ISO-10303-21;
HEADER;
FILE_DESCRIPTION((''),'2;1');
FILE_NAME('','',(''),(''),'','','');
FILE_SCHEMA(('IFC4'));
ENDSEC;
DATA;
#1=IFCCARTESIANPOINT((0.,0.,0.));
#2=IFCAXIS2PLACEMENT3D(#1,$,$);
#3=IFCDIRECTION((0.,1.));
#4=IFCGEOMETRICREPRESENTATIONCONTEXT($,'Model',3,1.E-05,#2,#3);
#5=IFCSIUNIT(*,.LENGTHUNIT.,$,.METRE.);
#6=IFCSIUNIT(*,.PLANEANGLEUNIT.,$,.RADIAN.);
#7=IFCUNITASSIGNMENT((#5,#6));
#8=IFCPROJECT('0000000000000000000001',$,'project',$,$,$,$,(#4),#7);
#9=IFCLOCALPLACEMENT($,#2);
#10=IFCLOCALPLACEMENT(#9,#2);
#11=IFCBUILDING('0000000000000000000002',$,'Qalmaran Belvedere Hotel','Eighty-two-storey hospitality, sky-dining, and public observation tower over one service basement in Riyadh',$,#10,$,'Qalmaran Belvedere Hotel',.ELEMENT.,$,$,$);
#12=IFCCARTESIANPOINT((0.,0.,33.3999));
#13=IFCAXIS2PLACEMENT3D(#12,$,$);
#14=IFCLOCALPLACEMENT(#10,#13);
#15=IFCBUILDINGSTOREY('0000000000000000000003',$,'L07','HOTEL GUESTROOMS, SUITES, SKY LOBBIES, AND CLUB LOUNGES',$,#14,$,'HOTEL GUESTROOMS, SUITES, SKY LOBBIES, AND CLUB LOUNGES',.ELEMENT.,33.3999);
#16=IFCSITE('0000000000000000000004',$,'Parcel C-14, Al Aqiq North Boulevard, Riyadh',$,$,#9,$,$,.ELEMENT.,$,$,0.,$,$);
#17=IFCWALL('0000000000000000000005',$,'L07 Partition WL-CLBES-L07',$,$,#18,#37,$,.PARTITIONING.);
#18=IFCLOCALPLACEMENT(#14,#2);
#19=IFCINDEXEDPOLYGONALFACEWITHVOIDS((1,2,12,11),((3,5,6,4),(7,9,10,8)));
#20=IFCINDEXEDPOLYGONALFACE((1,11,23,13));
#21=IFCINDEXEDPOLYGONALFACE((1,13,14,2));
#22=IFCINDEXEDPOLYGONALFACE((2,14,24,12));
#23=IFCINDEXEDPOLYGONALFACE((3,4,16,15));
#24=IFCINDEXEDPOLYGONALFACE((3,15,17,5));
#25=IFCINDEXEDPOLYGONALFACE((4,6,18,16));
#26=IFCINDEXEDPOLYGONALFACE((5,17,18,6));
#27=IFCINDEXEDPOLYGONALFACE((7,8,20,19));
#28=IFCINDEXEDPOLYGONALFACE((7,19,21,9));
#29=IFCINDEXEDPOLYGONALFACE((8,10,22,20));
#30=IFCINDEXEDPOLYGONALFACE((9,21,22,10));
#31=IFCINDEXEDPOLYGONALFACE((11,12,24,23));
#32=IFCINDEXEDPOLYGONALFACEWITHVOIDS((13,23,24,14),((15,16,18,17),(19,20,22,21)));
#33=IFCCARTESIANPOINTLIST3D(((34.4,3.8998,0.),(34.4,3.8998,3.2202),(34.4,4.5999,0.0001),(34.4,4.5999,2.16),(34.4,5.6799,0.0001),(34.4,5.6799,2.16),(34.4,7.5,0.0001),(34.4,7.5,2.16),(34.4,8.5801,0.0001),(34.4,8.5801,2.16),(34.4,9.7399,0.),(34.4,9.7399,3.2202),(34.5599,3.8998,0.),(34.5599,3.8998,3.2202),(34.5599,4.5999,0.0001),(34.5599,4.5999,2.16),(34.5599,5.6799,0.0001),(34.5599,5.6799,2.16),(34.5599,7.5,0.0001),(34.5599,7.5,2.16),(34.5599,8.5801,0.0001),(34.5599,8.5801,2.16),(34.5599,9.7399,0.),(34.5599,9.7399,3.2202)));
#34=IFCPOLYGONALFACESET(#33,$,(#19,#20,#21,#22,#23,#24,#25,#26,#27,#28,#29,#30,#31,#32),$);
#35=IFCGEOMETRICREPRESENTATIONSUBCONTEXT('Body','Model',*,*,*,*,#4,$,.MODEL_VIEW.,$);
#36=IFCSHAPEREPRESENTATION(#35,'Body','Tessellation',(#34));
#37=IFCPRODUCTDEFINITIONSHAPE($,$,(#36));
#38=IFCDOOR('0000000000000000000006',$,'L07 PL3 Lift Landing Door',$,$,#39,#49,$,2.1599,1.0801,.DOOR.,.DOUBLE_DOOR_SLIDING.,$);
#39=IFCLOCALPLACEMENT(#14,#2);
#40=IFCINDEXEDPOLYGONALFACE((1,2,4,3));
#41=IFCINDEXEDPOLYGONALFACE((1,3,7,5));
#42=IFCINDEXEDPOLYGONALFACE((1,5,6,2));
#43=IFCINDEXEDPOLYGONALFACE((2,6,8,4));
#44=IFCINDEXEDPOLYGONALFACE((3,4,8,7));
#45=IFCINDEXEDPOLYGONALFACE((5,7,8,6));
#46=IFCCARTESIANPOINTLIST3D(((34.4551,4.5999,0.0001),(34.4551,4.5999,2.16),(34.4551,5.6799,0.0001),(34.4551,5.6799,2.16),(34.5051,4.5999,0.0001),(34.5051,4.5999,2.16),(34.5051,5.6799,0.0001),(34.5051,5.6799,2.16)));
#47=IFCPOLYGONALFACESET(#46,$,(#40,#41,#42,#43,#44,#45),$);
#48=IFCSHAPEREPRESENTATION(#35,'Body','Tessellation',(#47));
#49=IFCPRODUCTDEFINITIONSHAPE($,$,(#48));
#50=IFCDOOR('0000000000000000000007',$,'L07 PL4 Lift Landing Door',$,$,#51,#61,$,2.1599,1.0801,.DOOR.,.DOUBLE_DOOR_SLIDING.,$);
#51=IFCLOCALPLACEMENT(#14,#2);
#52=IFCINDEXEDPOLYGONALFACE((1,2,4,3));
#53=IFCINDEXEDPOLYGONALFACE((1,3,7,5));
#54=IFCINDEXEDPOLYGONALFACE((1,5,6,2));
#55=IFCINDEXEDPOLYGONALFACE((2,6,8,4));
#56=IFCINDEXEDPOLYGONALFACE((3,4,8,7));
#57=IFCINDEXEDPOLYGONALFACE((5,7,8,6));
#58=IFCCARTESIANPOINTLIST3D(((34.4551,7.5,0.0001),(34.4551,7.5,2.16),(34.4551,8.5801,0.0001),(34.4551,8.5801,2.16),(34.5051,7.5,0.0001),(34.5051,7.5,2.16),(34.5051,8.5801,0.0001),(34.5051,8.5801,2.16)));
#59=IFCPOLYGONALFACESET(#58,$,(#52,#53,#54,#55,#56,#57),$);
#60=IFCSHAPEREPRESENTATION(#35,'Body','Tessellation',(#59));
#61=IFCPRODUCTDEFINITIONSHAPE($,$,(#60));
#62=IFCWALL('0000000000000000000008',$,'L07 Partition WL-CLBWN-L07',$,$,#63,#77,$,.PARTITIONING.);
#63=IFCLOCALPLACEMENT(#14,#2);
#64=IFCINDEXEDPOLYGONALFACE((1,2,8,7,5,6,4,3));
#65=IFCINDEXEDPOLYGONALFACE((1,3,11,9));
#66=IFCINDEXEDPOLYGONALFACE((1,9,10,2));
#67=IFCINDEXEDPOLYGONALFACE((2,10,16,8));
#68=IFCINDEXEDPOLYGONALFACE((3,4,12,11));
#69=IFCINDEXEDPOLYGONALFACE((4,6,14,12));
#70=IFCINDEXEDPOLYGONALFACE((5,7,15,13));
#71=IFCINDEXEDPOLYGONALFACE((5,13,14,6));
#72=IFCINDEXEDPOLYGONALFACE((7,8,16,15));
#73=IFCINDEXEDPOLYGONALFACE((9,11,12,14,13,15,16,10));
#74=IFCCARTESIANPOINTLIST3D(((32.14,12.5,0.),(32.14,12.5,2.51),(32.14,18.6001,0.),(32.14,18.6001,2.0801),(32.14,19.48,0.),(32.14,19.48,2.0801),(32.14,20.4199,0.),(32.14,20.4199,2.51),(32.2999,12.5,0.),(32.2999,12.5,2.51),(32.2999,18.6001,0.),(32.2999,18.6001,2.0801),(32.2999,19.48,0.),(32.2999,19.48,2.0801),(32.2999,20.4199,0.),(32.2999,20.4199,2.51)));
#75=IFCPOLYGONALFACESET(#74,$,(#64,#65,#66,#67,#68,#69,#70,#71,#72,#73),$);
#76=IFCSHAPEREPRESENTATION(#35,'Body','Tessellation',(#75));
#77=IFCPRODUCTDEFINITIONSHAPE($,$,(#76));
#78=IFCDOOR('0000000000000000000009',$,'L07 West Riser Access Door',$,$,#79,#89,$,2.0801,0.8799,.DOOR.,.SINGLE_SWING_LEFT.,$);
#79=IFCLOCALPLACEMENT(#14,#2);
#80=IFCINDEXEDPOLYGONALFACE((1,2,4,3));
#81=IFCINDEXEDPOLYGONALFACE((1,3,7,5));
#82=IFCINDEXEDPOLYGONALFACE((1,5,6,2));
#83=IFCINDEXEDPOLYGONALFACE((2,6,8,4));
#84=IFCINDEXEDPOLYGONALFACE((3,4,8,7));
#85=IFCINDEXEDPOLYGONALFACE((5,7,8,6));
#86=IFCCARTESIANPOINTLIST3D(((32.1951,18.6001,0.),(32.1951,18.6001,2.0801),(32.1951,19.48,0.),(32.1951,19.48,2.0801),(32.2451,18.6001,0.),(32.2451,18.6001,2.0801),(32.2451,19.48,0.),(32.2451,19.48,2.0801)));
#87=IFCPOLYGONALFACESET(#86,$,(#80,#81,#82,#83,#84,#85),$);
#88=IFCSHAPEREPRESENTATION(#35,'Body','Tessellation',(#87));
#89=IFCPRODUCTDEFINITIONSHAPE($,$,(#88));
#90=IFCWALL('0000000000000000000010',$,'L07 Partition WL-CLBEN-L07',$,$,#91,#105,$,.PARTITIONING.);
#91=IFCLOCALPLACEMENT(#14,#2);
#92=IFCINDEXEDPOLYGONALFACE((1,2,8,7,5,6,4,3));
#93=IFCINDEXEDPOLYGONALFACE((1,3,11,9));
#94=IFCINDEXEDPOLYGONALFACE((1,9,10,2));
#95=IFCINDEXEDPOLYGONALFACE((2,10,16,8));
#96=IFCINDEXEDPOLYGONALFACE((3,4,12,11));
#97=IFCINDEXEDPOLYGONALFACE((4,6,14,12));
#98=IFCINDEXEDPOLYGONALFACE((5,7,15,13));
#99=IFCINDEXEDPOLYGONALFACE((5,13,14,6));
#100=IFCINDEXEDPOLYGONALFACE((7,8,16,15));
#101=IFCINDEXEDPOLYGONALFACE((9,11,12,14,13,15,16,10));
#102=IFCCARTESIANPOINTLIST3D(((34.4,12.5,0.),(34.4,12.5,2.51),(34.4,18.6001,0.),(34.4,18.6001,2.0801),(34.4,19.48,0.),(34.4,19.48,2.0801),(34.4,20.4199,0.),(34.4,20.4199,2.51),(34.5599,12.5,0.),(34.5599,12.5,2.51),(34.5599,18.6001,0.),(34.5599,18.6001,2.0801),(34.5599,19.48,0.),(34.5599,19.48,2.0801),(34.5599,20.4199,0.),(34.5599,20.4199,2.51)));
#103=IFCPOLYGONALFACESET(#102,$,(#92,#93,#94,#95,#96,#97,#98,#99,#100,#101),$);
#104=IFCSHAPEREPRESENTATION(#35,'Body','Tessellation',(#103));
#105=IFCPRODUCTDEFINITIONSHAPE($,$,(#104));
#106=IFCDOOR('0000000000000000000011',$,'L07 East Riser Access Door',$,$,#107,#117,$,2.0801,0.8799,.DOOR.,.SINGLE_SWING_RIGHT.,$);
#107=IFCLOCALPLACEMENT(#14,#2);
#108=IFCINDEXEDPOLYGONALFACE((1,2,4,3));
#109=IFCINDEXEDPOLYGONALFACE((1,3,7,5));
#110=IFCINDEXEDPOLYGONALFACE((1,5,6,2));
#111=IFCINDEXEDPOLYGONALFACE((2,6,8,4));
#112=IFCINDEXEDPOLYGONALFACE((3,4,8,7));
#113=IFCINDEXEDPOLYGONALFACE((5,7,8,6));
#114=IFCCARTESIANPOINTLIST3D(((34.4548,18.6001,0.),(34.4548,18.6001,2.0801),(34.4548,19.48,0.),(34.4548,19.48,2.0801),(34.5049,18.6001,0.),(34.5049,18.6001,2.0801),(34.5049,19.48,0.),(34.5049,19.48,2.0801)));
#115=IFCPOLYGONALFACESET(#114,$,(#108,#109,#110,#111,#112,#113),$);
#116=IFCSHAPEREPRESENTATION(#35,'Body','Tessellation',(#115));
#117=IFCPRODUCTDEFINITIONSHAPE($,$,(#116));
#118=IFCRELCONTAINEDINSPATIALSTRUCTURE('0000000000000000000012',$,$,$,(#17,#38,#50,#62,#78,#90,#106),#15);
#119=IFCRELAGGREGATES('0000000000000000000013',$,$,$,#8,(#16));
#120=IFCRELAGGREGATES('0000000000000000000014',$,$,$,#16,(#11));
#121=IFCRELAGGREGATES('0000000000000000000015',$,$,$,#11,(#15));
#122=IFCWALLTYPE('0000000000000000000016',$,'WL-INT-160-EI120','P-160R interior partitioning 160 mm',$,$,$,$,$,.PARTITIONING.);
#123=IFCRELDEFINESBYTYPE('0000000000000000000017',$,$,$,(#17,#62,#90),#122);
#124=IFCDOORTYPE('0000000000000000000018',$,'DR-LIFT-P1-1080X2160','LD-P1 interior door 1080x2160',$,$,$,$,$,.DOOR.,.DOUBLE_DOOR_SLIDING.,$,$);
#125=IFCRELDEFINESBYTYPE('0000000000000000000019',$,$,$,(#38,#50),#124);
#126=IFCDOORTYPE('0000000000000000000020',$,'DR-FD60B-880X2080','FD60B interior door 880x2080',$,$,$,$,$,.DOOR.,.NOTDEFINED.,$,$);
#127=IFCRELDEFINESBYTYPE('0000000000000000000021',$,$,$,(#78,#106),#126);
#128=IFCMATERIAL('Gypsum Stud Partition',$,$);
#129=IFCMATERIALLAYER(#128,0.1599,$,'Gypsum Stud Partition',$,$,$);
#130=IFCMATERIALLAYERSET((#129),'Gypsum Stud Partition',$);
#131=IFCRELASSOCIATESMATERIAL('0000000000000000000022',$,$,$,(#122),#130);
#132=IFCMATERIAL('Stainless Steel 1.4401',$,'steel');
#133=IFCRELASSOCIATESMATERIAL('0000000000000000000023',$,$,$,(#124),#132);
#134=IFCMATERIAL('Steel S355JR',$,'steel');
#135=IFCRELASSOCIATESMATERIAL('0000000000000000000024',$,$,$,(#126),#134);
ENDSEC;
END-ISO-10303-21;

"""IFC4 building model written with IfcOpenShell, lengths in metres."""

from ifc_helpers import new_model, si_unit, direction, frame, frame_2d, origin, place, context, subcontext, project, spatial, rectangle, extrude, material, layer, layer_set, type_object, element, fill, save


model = new_model("IFC4")

# Units and contexts
model_context = context("Model", 3, precision=1e-05, world=origin(), true_north=direction((0.0, 1.0)))
body_context = subcontext(model_context, "Body", "Model", "MODEL_VIEW")
ifc_project = project(units=[si_unit("LENGTHUNIT", "METRE"), si_unit("PLANEANGLEUNIT", "RADIAN")], contexts=[model_context])

# Site, building, storey
site_placement = place(None, origin())
site = spatial("IfcSite", under=ifc_project, at=site_placement, Name="Parcel C-14, Al Aqiq North Boulevard, Riyadh", CompositionType="ELEMENT", RefElevation=0.0)
building_placement = place(site_placement, origin())
building = spatial("IfcBuilding", under=site, at=building_placement, Name="Qalmaran Belvedere Hotel", Description="Eighty-two-storey hospitality, sky-dining, and public observation tower over one service basement in Riyadh", LongName="Qalmaran Belvedere Hotel", CompositionType="ELEMENT")
storey_placement = place(building_placement, frame((0.0, 0.0, 33.3999)))
storey = spatial("IfcBuildingStorey", under=building, at=storey_placement, Name="L07", Description="HOTEL GUESTROOMS, SUITES, SKY LOBBIES, AND CLUB LOUNGES", LongName="HOTEL GUESTROOMS, SUITES, SKY LOBBIES, AND CLUB LOUNGES", CompositionType="ELEMENT", Elevation=33.3999)

# Shared definitions
ifc_material_1 = material(Name="Steel S355JR", Category="steel")

# Shared definitions
ifc_material_2 = material(Name="Gypsum Stud Partition")

# Wall, openings, doors
ifc_layer_1 = layer(ifc_material_2, 0.1599, Name="Gypsum Stud Partition")
ifc_layer_set_1 = layer_set([ifc_layer_1], Name="Gypsum Stud Partition")
wall_type_1 = type_object("IfcWallType", Name="WL-INT-160-EI120", Description="P-160R interior partitioning 160 mm", PredefinedType="PARTITIONING", material=ifc_layer_set_1)
ifc_material_3 = material(Name="Stainless Steel 1.4401", Category="steel")
door_type_1 = type_object("IfcDoorType", Name="DR-LIFT-P1-1080X2160", Description="LD-P1 interior door 1080x2160", OperationType="DOUBLE_DOOR_SLIDING", PredefinedType="DOOR", material=ifc_material_3)
wall_1_placement = place(storey_placement, frame((34.48, 3.8999, 0.0), z_axis=(0.0, 0.0, 1.0), x_axis=(0.0, 1.0, 0.0)))
wall_1 = element("IfcWall", 1, at=wall_1_placement, inside=storey, type_object=wall_type_1, Name="L07 Partition WL-CLBES-L07", PredefinedType="PARTITIONING", context=body_context, shape_type="SweptSolid", body=[
    extrude(rectangle(XDim=5.8401, YDim=0.1599, at=frame_2d((2.9199, 0.0))), origin(), (0.0, 0.0, 1.0), 3.2202),
])
opening_1_placement = place(wall_1_placement, frame((0.7, 0.0, 0.0)))
opening_1 = element("IfcOpeningElement", 2, at=opening_1_placement, cuts=wall_1, PredefinedType="OPENING", context=body_context, shape_type="SweptSolid", body=[
    extrude(rectangle(XDim=1.0801, YDim=2.1599, at=frame_2d((0.54, 1.0801))), frame((0.0, 0.0898, 0.0), z_axis=(0.0, -1.0, 0.0), x_axis=(1.0, 0.0, 0.0)), (0.0, 0.0, 1.0), 0.1799),
])
opening_2_placement = place(wall_1_placement, frame((3.6001, 0.0, 0.0)))
opening_2 = element("IfcOpeningElement", 3, at=opening_2_placement, cuts=wall_1, PredefinedType="OPENING", context=body_context, shape_type="SweptSolid", body=[
    extrude(rectangle(XDim=1.0801, YDim=2.1599, at=frame_2d((0.54, 1.0801))), frame((0.0, 0.0898, 0.0), z_axis=(0.0, -1.0, 0.0), x_axis=(1.0, 0.0, 0.0)), (0.0, 0.0, 1.0), 0.1799),
])
door_1_placement = place(opening_1_placement, origin())
door_1 = element("IfcDoor", 4, at=door_1_placement, inside=storey, type_object=door_type_1, Name="L07 PL3 Lift Landing Door", OperationType="DOUBLE_DOOR_SLIDING", OverallHeight=2.1599, OverallWidth=1.0801, PredefinedType="DOOR", context=body_context, shape_type="SweptSolid", body=[
    extrude(rectangle(XDim=1.0801, YDim=2.1599, at=frame_2d((0.54, 1.0801))), frame((0.0, 0.0249, 0.0), z_axis=(0.0, -1.0, 0.0), x_axis=(1.0, 0.0, 0.0)), (0.0, 0.0, 1.0), 0.05),
])
fill(opening_1, door_1)
door_2_placement = place(opening_2_placement, origin())
door_2 = element("IfcDoor", 5, at=door_2_placement, inside=storey, type_object=door_type_1, Name="L07 PL4 Lift Landing Door", OperationType="DOUBLE_DOOR_SLIDING", OverallHeight=2.1599, OverallWidth=1.0801, PredefinedType="DOOR", context=body_context, shape_type="SweptSolid", body=[
    extrude(rectangle(XDim=1.0801, YDim=2.1599, at=frame_2d((0.54, 1.0801))), frame((0.0, 0.0249, 0.0), z_axis=(0.0, -1.0, 0.0), x_axis=(1.0, 0.0, 0.0)), (0.0, 0.0, 1.0), 0.05),
])
fill(opening_2, door_2)

# Walls, openings, doors
wall_2_placement = place(storey_placement, frame((32.22, 12.5, 0.0), z_axis=(0.0, 0.0, 1.0), x_axis=(0.0, 1.0, 0.0)))
wall_2 = element("IfcWall", 6, at=wall_2_placement, inside=storey, type_object=wall_type_1, Name="L07 Partition WL-CLBWN-L07", PredefinedType="PARTITIONING", context=body_context, shape_type="SweptSolid", body=[
    extrude(rectangle(XDim=7.9199, YDim=0.1599, at=frame_2d((3.96, 0.0))), origin(), (0.0, 0.0, 1.0), 2.51),
])
opening_3_placement = place(wall_2_placement, frame((6.1001, 0.0, 0.0)))
opening_3 = element("IfcOpeningElement", 7, at=opening_3_placement, cuts=wall_2, PredefinedType="OPENING", context=body_context, shape_type="SweptSolid", body=[
    extrude(rectangle(XDim=0.8799, YDim=2.0801, at=frame_2d((0.4399, 1.04))), frame((0.0, 0.0898, 0.0), z_axis=(0.0, -1.0, 0.0), x_axis=(1.0, 0.0, 0.0)), (0.0, 0.0, 1.0), 0.1799),
])
door_type_2 = type_object("IfcDoorType", Name="DR-FD60B-880X2080", Description="FD60B interior door 880x2080", OperationType="NOTDEFINED", PredefinedType="DOOR", material=ifc_material_1)
door_3_placement = place(opening_3_placement, origin())
door_3 = element("IfcDoor", 8, at=door_3_placement, inside=storey, type_object=door_type_2, Name="L07 West Riser Access Door", OperationType="SINGLE_SWING_LEFT", OverallHeight=2.0801, OverallWidth=0.8799, PredefinedType="DOOR", context=body_context, shape_type="SweptSolid", body=[
    extrude(rectangle(XDim=0.8799, YDim=2.0801, at=frame_2d((0.4399, 1.04))), frame((0.0, 0.0249, 0.0), z_axis=(0.0, -1.0, 0.0), x_axis=(1.0, 0.0, 0.0)), (0.0, 0.0, 1.0), 0.05),
])
fill(opening_3, door_3)
wall_3_placement = place(storey_placement, frame((34.48, 12.5, 0.0), z_axis=(0.0, 0.0, 1.0), x_axis=(0.0, 1.0, 0.0)))
wall_3 = element("IfcWall", 9, at=wall_3_placement, inside=storey, type_object=wall_type_1, Name="L07 Partition WL-CLBEN-L07", PredefinedType="PARTITIONING", context=body_context, shape_type="SweptSolid", body=[
    extrude(rectangle(XDim=7.9199, YDim=0.1599, at=frame_2d((3.96, 0.0))), origin(), (0.0, 0.0, 1.0), 2.51),
])
opening_4_placement = place(wall_3_placement, frame((6.98, 0.0, 0.0), z_axis=(0.0, 0.0, 1.0), x_axis=(-1.0, 0.0, 0.0)))
opening_4 = element("IfcOpeningElement", 10, at=opening_4_placement, cuts=wall_3, PredefinedType="OPENING", context=body_context, shape_type="SweptSolid", body=[
    extrude(rectangle(XDim=0.8799, YDim=2.0801, at=frame_2d((0.4399, 1.04))), frame((0.0, 0.0898, 0.0), z_axis=(0.0, -1.0, 0.0), x_axis=(1.0, 0.0, 0.0)), (0.0, 0.0, 1.0), 0.1799),
])
door_4_placement = place(opening_4_placement, origin())
door_4 = element("IfcDoor", 11, at=door_4_placement, inside=storey, type_object=door_type_2, Name="L07 East Riser Access Door", OperationType="SINGLE_SWING_RIGHT", OverallHeight=2.0801, OverallWidth=0.8799, PredefinedType="DOOR", context=body_context, shape_type="SweptSolid", body=[
    extrude(rectangle(XDim=0.8799, YDim=2.0801, at=frame_2d((0.4399, 1.04))), frame((0.0, 0.0249, 0.0), z_axis=(0.0, -1.0, 0.0), x_axis=(1.0, 0.0, 0.0)), (0.0, 0.0, 1.0), 0.05),
])
fill(opening_4, door_4)

save(model, "model.ifc")
